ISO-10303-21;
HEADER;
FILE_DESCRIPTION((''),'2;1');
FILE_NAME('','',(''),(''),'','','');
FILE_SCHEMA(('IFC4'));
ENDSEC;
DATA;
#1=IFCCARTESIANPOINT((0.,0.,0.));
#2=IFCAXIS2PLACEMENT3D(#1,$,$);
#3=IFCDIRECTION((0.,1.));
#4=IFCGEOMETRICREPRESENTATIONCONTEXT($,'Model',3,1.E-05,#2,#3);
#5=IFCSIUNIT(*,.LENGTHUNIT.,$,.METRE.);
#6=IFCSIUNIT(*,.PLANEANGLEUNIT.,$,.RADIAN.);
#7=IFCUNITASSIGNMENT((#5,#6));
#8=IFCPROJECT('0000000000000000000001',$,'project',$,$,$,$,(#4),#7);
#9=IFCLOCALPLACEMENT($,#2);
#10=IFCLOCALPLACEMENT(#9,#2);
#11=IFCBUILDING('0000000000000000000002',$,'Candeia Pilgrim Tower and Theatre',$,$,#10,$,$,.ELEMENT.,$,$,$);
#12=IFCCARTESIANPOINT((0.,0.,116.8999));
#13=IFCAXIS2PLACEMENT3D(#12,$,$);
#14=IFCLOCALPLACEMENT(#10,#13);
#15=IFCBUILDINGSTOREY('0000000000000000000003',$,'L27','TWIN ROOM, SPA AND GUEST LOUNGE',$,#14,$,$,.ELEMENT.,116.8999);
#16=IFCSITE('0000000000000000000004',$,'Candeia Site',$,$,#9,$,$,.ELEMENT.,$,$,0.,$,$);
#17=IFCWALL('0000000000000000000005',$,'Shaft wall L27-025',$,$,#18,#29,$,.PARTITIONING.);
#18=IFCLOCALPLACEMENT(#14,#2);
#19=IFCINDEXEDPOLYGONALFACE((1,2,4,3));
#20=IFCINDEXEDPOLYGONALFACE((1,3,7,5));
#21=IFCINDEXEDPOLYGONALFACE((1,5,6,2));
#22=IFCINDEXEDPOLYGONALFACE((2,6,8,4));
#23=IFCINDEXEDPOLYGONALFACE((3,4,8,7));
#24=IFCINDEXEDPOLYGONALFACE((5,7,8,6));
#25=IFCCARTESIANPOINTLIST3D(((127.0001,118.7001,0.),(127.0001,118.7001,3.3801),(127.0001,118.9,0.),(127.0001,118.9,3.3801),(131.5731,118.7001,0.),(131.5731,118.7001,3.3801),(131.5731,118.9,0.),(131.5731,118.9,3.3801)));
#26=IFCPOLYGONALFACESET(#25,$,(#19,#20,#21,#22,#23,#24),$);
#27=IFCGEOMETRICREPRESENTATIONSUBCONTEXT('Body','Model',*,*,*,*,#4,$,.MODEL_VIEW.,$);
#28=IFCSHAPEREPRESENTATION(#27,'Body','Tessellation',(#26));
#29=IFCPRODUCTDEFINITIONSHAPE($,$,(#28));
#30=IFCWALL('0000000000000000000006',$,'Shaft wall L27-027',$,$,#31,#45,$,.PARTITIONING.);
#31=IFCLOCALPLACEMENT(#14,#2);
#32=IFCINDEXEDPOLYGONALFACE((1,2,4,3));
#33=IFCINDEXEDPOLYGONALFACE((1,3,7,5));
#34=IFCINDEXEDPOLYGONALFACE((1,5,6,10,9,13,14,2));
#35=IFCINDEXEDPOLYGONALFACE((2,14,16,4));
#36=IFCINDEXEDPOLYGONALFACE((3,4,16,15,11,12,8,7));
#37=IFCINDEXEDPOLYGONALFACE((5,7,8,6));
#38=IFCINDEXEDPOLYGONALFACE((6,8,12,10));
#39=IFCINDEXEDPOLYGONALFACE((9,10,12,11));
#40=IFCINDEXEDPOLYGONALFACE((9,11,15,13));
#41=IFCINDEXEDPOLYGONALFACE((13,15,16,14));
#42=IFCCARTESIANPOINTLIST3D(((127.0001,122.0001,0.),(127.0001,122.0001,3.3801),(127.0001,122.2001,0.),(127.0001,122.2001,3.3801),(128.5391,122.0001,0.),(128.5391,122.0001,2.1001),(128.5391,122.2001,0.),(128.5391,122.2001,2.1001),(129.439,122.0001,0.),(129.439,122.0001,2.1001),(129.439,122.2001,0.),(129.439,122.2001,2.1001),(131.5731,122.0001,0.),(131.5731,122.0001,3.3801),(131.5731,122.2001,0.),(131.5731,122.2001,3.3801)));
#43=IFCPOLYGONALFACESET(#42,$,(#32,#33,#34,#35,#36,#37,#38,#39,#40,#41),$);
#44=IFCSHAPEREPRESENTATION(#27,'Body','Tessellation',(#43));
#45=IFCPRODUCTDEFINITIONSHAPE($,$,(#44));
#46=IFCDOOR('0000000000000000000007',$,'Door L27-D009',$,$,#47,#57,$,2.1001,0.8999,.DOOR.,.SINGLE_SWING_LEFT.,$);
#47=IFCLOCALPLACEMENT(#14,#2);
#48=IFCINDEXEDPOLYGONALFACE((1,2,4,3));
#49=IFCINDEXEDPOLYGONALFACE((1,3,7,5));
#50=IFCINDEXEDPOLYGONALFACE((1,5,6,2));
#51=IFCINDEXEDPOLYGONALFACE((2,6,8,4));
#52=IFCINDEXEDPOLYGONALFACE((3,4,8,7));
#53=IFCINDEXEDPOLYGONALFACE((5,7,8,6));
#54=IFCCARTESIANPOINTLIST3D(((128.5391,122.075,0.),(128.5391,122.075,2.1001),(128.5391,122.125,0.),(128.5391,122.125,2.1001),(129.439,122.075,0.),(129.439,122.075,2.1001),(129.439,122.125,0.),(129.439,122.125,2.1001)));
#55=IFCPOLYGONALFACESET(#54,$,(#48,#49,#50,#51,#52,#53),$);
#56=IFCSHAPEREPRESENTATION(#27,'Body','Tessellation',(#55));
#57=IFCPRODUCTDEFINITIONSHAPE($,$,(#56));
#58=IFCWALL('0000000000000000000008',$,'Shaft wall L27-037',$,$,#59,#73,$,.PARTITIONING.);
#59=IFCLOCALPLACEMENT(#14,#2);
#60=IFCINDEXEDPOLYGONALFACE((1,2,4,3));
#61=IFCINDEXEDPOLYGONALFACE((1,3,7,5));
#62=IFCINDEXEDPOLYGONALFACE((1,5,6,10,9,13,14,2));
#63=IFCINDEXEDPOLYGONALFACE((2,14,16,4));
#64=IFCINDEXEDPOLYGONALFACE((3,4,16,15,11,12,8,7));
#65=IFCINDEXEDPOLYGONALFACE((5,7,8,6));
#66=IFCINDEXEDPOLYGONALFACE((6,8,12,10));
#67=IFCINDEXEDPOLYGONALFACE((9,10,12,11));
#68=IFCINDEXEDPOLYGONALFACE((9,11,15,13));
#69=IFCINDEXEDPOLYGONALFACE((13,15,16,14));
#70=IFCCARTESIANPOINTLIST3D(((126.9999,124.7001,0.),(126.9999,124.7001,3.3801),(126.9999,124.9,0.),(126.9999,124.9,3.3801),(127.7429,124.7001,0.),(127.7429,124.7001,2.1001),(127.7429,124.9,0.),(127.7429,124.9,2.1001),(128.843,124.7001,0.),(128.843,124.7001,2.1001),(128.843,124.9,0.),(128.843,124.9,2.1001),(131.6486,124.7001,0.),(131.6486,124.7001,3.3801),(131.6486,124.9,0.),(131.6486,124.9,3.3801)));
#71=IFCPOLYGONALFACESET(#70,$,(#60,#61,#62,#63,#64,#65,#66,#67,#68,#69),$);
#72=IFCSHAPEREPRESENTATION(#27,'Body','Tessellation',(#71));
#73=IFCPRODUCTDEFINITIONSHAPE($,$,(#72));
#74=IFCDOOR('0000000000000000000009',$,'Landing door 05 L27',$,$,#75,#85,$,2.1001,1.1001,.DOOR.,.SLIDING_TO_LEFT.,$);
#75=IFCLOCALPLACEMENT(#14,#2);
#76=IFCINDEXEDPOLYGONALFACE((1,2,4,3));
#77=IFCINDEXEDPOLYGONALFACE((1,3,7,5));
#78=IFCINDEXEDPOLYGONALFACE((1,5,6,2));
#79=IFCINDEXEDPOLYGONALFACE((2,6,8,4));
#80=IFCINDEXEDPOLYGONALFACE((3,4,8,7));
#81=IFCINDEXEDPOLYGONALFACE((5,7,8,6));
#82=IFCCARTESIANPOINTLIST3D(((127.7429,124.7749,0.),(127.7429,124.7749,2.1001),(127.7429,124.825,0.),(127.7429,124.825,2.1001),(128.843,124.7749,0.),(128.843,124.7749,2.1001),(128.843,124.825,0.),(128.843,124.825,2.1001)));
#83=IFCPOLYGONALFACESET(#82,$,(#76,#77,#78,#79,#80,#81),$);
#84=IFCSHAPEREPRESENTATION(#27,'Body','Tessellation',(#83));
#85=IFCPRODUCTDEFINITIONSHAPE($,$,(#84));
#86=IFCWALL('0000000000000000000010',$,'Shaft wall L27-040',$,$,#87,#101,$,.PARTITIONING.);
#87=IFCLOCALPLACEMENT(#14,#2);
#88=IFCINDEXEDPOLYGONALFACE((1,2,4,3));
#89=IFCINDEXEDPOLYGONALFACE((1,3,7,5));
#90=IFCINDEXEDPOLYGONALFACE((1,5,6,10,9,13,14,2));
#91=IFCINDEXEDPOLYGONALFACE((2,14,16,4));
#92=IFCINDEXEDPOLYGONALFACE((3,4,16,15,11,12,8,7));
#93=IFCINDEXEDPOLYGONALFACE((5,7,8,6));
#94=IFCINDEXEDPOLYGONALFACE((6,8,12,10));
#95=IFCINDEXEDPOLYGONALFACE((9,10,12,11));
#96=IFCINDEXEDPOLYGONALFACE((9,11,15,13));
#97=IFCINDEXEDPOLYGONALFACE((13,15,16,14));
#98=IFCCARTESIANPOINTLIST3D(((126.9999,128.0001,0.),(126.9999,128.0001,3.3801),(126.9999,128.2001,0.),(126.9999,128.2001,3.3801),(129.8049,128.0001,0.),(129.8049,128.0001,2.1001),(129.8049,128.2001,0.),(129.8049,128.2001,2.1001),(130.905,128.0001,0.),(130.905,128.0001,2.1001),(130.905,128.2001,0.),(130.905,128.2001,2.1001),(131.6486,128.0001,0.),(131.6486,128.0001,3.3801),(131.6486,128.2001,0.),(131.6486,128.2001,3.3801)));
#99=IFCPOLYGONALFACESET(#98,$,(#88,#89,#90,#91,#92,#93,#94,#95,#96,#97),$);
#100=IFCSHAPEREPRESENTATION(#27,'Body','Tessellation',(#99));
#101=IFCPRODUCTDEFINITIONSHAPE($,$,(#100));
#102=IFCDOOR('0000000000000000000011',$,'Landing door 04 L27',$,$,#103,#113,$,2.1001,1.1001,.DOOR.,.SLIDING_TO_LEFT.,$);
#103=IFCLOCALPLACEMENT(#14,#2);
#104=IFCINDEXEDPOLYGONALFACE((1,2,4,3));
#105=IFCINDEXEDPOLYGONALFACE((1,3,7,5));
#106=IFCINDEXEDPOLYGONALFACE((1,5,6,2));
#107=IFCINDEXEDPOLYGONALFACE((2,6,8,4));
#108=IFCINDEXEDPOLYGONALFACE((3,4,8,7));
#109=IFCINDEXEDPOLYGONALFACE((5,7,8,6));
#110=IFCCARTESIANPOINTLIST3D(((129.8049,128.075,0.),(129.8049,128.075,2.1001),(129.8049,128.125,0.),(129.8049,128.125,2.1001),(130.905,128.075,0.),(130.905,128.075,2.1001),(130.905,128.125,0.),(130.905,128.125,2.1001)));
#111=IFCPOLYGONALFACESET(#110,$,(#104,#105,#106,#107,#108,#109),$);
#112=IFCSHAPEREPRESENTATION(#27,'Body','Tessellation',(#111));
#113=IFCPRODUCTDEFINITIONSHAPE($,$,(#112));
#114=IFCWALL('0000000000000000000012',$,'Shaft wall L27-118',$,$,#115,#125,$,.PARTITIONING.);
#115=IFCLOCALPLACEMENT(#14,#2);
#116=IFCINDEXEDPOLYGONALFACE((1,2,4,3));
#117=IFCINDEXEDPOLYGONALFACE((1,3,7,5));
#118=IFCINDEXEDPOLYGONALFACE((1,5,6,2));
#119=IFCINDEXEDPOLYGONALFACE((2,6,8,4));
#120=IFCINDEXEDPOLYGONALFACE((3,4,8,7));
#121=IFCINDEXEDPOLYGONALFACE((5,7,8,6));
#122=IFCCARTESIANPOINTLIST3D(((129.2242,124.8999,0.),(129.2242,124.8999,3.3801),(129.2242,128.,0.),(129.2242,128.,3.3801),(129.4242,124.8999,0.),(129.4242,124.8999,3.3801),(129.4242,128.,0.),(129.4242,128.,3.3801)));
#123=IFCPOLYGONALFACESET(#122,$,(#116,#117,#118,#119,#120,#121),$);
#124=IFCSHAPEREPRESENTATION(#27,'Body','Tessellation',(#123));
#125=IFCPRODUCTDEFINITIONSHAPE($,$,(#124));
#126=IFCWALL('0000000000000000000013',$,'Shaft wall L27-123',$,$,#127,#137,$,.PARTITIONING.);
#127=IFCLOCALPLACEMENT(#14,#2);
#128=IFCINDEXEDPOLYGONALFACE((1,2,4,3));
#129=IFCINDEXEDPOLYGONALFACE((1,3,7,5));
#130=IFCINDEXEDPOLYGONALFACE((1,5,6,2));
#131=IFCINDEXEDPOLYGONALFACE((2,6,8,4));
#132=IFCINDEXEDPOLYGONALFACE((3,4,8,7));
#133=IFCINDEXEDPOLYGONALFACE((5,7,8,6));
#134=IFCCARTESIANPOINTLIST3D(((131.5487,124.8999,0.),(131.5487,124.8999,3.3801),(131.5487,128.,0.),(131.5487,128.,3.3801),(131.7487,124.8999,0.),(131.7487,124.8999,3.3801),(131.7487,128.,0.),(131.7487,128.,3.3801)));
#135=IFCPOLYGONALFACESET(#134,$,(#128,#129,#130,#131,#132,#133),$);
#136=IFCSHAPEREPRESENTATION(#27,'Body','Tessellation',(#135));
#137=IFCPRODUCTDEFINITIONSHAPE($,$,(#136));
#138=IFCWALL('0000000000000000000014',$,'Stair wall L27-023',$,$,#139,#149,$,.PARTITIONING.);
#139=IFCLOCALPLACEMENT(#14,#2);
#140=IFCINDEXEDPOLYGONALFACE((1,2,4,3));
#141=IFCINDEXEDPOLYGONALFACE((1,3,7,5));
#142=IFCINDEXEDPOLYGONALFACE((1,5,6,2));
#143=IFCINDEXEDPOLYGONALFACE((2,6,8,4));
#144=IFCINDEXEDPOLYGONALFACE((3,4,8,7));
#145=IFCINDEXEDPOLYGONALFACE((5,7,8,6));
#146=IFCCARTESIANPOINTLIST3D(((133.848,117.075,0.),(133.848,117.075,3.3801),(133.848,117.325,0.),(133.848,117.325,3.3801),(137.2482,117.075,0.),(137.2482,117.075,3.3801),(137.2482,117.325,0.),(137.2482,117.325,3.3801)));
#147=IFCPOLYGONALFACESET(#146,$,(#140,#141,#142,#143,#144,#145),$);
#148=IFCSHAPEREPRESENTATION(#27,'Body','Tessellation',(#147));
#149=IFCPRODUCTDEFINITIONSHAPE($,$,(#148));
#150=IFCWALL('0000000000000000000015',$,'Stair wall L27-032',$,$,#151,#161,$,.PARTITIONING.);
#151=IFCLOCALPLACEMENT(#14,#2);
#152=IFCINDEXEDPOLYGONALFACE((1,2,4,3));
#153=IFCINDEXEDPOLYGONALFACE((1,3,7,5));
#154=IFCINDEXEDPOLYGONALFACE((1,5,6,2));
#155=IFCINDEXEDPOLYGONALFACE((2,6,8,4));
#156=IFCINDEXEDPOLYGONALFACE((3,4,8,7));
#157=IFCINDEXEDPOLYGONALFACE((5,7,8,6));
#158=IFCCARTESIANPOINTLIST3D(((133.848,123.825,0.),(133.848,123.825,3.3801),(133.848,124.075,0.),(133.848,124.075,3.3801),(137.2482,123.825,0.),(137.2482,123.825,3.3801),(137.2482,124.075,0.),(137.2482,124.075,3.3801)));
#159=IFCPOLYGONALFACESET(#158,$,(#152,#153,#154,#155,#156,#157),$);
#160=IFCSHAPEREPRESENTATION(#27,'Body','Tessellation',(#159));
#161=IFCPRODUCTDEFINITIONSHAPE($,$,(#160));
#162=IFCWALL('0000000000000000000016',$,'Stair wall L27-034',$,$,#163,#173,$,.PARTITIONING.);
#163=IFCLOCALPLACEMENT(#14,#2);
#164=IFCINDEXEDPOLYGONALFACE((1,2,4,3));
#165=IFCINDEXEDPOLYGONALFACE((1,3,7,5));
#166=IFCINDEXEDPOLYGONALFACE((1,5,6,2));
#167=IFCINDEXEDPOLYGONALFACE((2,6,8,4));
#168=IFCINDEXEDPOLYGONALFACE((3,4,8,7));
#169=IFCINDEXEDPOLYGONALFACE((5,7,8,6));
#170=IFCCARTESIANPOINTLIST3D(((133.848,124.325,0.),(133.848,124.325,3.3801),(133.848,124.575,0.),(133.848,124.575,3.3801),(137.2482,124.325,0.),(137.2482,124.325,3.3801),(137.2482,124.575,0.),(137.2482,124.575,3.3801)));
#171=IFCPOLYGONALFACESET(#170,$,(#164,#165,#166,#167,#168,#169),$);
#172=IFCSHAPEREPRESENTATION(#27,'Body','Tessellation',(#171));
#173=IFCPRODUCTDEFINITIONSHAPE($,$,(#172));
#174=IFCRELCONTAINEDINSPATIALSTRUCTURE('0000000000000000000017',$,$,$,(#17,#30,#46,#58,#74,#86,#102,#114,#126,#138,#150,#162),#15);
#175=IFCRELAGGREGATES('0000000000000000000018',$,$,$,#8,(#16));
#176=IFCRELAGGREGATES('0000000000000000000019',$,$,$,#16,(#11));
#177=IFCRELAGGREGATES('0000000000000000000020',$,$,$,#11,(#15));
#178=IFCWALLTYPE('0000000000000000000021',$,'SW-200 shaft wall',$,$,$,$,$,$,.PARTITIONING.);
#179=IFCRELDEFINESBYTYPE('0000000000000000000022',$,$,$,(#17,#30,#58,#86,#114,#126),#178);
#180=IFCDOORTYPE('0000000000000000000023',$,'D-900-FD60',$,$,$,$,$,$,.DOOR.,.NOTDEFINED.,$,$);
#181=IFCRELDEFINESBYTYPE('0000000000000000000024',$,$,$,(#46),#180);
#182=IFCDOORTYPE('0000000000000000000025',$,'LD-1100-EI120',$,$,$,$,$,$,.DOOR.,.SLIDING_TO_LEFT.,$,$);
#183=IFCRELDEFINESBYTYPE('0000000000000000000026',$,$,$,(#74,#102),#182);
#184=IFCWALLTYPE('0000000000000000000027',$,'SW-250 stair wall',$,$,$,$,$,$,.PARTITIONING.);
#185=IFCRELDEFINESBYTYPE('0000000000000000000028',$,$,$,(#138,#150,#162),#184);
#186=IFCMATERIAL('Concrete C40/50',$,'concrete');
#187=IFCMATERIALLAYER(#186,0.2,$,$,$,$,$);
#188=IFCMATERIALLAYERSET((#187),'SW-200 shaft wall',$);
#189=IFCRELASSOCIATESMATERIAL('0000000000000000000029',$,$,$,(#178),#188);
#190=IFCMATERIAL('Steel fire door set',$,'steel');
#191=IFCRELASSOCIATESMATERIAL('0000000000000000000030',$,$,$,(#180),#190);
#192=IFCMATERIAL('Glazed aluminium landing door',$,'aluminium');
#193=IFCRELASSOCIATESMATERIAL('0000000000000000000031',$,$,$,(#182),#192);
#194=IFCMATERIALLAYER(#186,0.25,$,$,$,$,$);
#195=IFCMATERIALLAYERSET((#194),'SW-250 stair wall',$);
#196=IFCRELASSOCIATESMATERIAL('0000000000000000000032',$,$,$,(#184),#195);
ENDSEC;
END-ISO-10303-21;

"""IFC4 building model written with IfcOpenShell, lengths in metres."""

from ifc_helpers import new_model, si_unit, direction, frame, frame_2d, origin, place, context, subcontext, project, spatial, rectangle, extrude, material, layer, layer_set, type_object, element, fill, save


model = new_model("IFC4")

# Units and contexts
model_context = context("Model", 3, precision=1e-05, world=origin(), true_north=direction((0.0, 1.0)))
body_context = subcontext(model_context, "Body", "Model", "MODEL_VIEW")
ifc_project = project(units=[si_unit("LENGTHUNIT", "METRE"), si_unit("PLANEANGLEUNIT", "RADIAN")], contexts=[model_context])

# Site, building, storey
site_placement = place(None, origin())
site = spatial("IfcSite", under=ifc_project, at=site_placement, Name="Candeia Site", CompositionType="ELEMENT", RefElevation=0.0)
building_placement = place(site_placement, origin())
building = spatial("IfcBuilding", under=site, at=building_placement, Name="Candeia Pilgrim Tower and Theatre", CompositionType="ELEMENT")
storey_placement = place(building_placement, frame((0.0, 0.0, 116.8999)))
storey = spatial("IfcBuildingStorey", under=building, at=storey_placement, Name="L27", Description="TWIN ROOM, SPA AND GUEST LOUNGE", CompositionType="ELEMENT", Elevation=116.8999)

# Shared definitions
ifc_material_1 = material(Name="Steel fire door set", Category="steel")

# Wall
ifc_material_2 = material(Name="Concrete C40/50", Category="concrete")
ifc_layer_1 = layer(ifc_material_2, 0.2)
ifc_layer_set_1 = layer_set([ifc_layer_1], Name="SW-200 shaft wall")
wall_type_1 = type_object("IfcWallType", Name="SW-200 shaft wall", PredefinedType="PARTITIONING", material=ifc_layer_set_1)
wall_1_placement = place(storey_placement, frame((127.0, 118.8, 0.0), z_axis=(0.0, 0.0, 1.0), x_axis=(1.0, 0.0, 0.0)))
element("IfcWall", 1, at=wall_1_placement, inside=storey, type_object=wall_type_1, Name="Shaft wall L27-025", PredefinedType="PARTITIONING", context=body_context, shape_type="SweptSolid", body=[
    extrude(rectangle(XDim=4.573, YDim=0.2, at=frame_2d((2.2866, 0.0))), origin(), (0.0, 0.0, 1.0), 3.3801),
])

# Walls, openings, doors
wall_2_placement = place(storey_placement, frame((127.0, 122.1001, 0.0), z_axis=(0.0, 0.0, 1.0), x_axis=(1.0, 0.0, 0.0)))
wall_2 = element("IfcWall", 2, at=wall_2_placement, inside=storey, type_object=wall_type_1, Name="Shaft wall L27-027", PredefinedType="PARTITIONING", context=body_context, shape_type="SweptSolid", body=[
    extrude(rectangle(XDim=4.573, YDim=0.2, at=frame_2d((2.2866, 0.0))), origin(), (0.0, 0.0, 1.0), 3.3801),
])
opening_1_placement = place(wall_2_placement, frame((1.5391, 0.0, 0.0)))
opening_1 = element("IfcOpeningElement", 3, at=opening_1_placement, cuts=wall_2, PredefinedType="OPENING", context=body_context, shape_type="SweptSolid", body=[
    extrude(rectangle(XDim=0.8999, YDim=2.1001, at=frame_2d((0.45, 1.05))), frame((0.0, 0.1099, 0.0), z_axis=(0.0, -1.0, 0.0), x_axis=(1.0, 0.0, 0.0)), (0.0, 0.0, 1.0), 0.22),
])
door_type_1 = type_object("IfcDoorType", Name="D-900-FD60", OperationType="NOTDEFINED", PredefinedType="DOOR", material=ifc_material_1)
door_1_placement = place(opening_1_placement, origin())
door_1 = element("IfcDoor", 4, at=door_1_placement, inside=storey, type_object=door_type_1, Name="Door L27-D009", OperationType="SINGLE_SWING_LEFT", OverallHeight=2.1001, OverallWidth=0.8999, PredefinedType="DOOR", context=body_context, shape_type="SweptSolid", body=[
    extrude(rectangle(XDim=0.8999, YDim=2.1001, at=frame_2d((0.45, 1.05))), frame((0.0, 0.0249, 0.0), z_axis=(0.0, -1.0, 0.0), x_axis=(1.0, 0.0, 0.0)), (0.0, 0.0, 1.0), 0.05),
])
fill(opening_1, door_1)
wall_3_placement = place(storey_placement, frame((127.0, 124.8, 0.0), z_axis=(0.0, 0.0, 1.0), x_axis=(1.0, 0.0, 0.0)))
wall_3 = element("IfcWall", 5, at=wall_3_placement, inside=storey, type_object=wall_type_1, Name="Shaft wall L27-037", PredefinedType="PARTITIONING", context=body_context, shape_type="SweptSolid", body=[
    extrude(rectangle(XDim=4.6487, YDim=0.2, at=frame_2d((2.3242, 0.0))), origin(), (0.0, 0.0, 1.0), 3.3801),
])
opening_2_placement = place(wall_3_placement, frame((0.7429, 0.0, 0.0)))
opening_2 = element("IfcOpeningElement", 6, at=opening_2_placement, cuts=wall_3, PredefinedType="OPENING", context=body_context, shape_type="SweptSolid", body=[
    extrude(rectangle(XDim=1.1001, YDim=2.1001, at=frame_2d((0.55, 1.05))), frame((0.0, 0.1099, 0.0), z_axis=(0.0, -1.0, 0.0), x_axis=(1.0, 0.0, 0.0)), (0.0, 0.0, 1.0), 0.22),
])
ifc_material_3 = material(Name="Glazed aluminium landing door", Category="aluminium")
door_type_2 = type_object("IfcDoorType", Name="LD-1100-EI120", OperationType="SLIDING_TO_LEFT", PredefinedType="DOOR", material=ifc_material_3)
door_2_placement = place(opening_2_placement, origin())
door_2 = element("IfcDoor", 7, at=door_2_placement, inside=storey, type_object=door_type_2, Name="Landing door 05 L27", OperationType="SLIDING_TO_LEFT", OverallHeight=2.1001, OverallWidth=1.1001, PredefinedType="DOOR", context=body_context, shape_type="SweptSolid", body=[
    extrude(rectangle(XDim=1.1001, YDim=2.1001, at=frame_2d((0.55, 1.05))), frame((0.0, 0.0249, 0.0), z_axis=(0.0, -1.0, 0.0), x_axis=(1.0, 0.0, 0.0)), (0.0, 0.0, 1.0), 0.05),
])
fill(opening_2, door_2)
wall_4_placement = place(storey_placement, frame((127.0, 128.1001, 0.0), z_axis=(0.0, 0.0, 1.0), x_axis=(1.0, 0.0, 0.0)))
wall_4 = element("IfcWall", 8, at=wall_4_placement, inside=storey, type_object=wall_type_1, Name="Shaft wall L27-040", PredefinedType="PARTITIONING", context=body_context, shape_type="SweptSolid", body=[
    extrude(rectangle(XDim=4.6487, YDim=0.2, at=frame_2d((2.3242, 0.0))), origin(), (0.0, 0.0, 1.0), 3.3801),
])
opening_3_placement = place(wall_4_placement, frame((2.8049, 0.0, 0.0)))
opening_3 = element("IfcOpeningElement", 9, at=opening_3_placement, cuts=wall_4, PredefinedType="OPENING", context=body_context, shape_type="SweptSolid", body=[
    extrude(rectangle(XDim=1.1001, YDim=2.1001, at=frame_2d((0.55, 1.05))), frame((0.0, 0.1099, 0.0), z_axis=(0.0, -1.0, 0.0), x_axis=(1.0, 0.0, 0.0)), (0.0, 0.0, 1.0), 0.22),
])
door_3_placement = place(opening_3_placement, origin())
door_3 = element("IfcDoor", 10, at=door_3_placement, inside=storey, type_object=door_type_2, Name="Landing door 04 L27", OperationType="SLIDING_TO_LEFT", OverallHeight=2.1001, OverallWidth=1.1001, PredefinedType="DOOR", context=body_context, shape_type="SweptSolid", body=[
    extrude(rectangle(XDim=1.1001, YDim=2.1001, at=frame_2d((0.55, 1.05))), frame((0.0, 0.0249, 0.0), z_axis=(0.0, -1.0, 0.0), x_axis=(1.0, 0.0, 0.0)), (0.0, 0.0, 1.0), 0.05),
])
fill(opening_3, door_3)

# Walls
for number, where, z_axis, x_axis, name in (
    (11, (129.3242, 124.8999, 0.0), (0.0, 0.0, 1.0), (0.0, 1.0, 0.0), "Shaft wall L27-118"),
    (12, (131.6487, 124.8999, 0.0), (0.0, 0.0, 1.0), (0.0, 1.0, 0.0), "Shaft wall L27-123"),
):
    element("IfcWall", number, at=place(storey_placement, frame(where, z_axis=z_axis, x_axis=x_axis)), inside=storey, type_object=wall_type_1, Name=name, PredefinedType="PARTITIONING", context=body_context, shape_type="SweptSolid", body=[
        extrude(rectangle(XDim=3.1001, YDim=0.2, at=frame_2d((1.55, 0.0))), origin(), (0.0, 0.0, 1.0), 3.3801),
    ])
ifc_layer_2 = layer(ifc_material_2, 0.25)
ifc_layer_set_2 = layer_set([ifc_layer_2], Name="SW-250 stair wall")
wall_type_2 = type_object("IfcWallType", Name="SW-250 stair wall", PredefinedType="PARTITIONING", material=ifc_layer_set_2)
for number, where, z_axis, x_axis, name in (
    (13, (133.8479, 117.2, 0.0), (0.0, 0.0, 1.0), (1.0, 0.0, 0.0), "Stair wall L27-023"),
    (14, (133.8479, 123.95, 0.0), (0.0, 0.0, 1.0), (1.0, 0.0, 0.0), "Stair wall L27-032"),
    (15, (133.8479, 124.45, 0.0), (0.0, 0.0, 1.0), (1.0, 0.0, 0.0), "Stair wall L27-034"),
):
    element("IfcWall", number, at=place(storey_placement, frame(where, z_axis=z_axis, x_axis=x_axis)), inside=storey, type_object=wall_type_2, Name=name, PredefinedType="PARTITIONING", context=body_context, shape_type="SweptSolid", body=[
        extrude(rectangle(XDim=3.4001, YDim=0.25, at=frame_2d((1.7002, 0.0))), origin(), (0.0, 0.0, 1.0), 3.3801),
    ])

save(model, "model.ifc")
